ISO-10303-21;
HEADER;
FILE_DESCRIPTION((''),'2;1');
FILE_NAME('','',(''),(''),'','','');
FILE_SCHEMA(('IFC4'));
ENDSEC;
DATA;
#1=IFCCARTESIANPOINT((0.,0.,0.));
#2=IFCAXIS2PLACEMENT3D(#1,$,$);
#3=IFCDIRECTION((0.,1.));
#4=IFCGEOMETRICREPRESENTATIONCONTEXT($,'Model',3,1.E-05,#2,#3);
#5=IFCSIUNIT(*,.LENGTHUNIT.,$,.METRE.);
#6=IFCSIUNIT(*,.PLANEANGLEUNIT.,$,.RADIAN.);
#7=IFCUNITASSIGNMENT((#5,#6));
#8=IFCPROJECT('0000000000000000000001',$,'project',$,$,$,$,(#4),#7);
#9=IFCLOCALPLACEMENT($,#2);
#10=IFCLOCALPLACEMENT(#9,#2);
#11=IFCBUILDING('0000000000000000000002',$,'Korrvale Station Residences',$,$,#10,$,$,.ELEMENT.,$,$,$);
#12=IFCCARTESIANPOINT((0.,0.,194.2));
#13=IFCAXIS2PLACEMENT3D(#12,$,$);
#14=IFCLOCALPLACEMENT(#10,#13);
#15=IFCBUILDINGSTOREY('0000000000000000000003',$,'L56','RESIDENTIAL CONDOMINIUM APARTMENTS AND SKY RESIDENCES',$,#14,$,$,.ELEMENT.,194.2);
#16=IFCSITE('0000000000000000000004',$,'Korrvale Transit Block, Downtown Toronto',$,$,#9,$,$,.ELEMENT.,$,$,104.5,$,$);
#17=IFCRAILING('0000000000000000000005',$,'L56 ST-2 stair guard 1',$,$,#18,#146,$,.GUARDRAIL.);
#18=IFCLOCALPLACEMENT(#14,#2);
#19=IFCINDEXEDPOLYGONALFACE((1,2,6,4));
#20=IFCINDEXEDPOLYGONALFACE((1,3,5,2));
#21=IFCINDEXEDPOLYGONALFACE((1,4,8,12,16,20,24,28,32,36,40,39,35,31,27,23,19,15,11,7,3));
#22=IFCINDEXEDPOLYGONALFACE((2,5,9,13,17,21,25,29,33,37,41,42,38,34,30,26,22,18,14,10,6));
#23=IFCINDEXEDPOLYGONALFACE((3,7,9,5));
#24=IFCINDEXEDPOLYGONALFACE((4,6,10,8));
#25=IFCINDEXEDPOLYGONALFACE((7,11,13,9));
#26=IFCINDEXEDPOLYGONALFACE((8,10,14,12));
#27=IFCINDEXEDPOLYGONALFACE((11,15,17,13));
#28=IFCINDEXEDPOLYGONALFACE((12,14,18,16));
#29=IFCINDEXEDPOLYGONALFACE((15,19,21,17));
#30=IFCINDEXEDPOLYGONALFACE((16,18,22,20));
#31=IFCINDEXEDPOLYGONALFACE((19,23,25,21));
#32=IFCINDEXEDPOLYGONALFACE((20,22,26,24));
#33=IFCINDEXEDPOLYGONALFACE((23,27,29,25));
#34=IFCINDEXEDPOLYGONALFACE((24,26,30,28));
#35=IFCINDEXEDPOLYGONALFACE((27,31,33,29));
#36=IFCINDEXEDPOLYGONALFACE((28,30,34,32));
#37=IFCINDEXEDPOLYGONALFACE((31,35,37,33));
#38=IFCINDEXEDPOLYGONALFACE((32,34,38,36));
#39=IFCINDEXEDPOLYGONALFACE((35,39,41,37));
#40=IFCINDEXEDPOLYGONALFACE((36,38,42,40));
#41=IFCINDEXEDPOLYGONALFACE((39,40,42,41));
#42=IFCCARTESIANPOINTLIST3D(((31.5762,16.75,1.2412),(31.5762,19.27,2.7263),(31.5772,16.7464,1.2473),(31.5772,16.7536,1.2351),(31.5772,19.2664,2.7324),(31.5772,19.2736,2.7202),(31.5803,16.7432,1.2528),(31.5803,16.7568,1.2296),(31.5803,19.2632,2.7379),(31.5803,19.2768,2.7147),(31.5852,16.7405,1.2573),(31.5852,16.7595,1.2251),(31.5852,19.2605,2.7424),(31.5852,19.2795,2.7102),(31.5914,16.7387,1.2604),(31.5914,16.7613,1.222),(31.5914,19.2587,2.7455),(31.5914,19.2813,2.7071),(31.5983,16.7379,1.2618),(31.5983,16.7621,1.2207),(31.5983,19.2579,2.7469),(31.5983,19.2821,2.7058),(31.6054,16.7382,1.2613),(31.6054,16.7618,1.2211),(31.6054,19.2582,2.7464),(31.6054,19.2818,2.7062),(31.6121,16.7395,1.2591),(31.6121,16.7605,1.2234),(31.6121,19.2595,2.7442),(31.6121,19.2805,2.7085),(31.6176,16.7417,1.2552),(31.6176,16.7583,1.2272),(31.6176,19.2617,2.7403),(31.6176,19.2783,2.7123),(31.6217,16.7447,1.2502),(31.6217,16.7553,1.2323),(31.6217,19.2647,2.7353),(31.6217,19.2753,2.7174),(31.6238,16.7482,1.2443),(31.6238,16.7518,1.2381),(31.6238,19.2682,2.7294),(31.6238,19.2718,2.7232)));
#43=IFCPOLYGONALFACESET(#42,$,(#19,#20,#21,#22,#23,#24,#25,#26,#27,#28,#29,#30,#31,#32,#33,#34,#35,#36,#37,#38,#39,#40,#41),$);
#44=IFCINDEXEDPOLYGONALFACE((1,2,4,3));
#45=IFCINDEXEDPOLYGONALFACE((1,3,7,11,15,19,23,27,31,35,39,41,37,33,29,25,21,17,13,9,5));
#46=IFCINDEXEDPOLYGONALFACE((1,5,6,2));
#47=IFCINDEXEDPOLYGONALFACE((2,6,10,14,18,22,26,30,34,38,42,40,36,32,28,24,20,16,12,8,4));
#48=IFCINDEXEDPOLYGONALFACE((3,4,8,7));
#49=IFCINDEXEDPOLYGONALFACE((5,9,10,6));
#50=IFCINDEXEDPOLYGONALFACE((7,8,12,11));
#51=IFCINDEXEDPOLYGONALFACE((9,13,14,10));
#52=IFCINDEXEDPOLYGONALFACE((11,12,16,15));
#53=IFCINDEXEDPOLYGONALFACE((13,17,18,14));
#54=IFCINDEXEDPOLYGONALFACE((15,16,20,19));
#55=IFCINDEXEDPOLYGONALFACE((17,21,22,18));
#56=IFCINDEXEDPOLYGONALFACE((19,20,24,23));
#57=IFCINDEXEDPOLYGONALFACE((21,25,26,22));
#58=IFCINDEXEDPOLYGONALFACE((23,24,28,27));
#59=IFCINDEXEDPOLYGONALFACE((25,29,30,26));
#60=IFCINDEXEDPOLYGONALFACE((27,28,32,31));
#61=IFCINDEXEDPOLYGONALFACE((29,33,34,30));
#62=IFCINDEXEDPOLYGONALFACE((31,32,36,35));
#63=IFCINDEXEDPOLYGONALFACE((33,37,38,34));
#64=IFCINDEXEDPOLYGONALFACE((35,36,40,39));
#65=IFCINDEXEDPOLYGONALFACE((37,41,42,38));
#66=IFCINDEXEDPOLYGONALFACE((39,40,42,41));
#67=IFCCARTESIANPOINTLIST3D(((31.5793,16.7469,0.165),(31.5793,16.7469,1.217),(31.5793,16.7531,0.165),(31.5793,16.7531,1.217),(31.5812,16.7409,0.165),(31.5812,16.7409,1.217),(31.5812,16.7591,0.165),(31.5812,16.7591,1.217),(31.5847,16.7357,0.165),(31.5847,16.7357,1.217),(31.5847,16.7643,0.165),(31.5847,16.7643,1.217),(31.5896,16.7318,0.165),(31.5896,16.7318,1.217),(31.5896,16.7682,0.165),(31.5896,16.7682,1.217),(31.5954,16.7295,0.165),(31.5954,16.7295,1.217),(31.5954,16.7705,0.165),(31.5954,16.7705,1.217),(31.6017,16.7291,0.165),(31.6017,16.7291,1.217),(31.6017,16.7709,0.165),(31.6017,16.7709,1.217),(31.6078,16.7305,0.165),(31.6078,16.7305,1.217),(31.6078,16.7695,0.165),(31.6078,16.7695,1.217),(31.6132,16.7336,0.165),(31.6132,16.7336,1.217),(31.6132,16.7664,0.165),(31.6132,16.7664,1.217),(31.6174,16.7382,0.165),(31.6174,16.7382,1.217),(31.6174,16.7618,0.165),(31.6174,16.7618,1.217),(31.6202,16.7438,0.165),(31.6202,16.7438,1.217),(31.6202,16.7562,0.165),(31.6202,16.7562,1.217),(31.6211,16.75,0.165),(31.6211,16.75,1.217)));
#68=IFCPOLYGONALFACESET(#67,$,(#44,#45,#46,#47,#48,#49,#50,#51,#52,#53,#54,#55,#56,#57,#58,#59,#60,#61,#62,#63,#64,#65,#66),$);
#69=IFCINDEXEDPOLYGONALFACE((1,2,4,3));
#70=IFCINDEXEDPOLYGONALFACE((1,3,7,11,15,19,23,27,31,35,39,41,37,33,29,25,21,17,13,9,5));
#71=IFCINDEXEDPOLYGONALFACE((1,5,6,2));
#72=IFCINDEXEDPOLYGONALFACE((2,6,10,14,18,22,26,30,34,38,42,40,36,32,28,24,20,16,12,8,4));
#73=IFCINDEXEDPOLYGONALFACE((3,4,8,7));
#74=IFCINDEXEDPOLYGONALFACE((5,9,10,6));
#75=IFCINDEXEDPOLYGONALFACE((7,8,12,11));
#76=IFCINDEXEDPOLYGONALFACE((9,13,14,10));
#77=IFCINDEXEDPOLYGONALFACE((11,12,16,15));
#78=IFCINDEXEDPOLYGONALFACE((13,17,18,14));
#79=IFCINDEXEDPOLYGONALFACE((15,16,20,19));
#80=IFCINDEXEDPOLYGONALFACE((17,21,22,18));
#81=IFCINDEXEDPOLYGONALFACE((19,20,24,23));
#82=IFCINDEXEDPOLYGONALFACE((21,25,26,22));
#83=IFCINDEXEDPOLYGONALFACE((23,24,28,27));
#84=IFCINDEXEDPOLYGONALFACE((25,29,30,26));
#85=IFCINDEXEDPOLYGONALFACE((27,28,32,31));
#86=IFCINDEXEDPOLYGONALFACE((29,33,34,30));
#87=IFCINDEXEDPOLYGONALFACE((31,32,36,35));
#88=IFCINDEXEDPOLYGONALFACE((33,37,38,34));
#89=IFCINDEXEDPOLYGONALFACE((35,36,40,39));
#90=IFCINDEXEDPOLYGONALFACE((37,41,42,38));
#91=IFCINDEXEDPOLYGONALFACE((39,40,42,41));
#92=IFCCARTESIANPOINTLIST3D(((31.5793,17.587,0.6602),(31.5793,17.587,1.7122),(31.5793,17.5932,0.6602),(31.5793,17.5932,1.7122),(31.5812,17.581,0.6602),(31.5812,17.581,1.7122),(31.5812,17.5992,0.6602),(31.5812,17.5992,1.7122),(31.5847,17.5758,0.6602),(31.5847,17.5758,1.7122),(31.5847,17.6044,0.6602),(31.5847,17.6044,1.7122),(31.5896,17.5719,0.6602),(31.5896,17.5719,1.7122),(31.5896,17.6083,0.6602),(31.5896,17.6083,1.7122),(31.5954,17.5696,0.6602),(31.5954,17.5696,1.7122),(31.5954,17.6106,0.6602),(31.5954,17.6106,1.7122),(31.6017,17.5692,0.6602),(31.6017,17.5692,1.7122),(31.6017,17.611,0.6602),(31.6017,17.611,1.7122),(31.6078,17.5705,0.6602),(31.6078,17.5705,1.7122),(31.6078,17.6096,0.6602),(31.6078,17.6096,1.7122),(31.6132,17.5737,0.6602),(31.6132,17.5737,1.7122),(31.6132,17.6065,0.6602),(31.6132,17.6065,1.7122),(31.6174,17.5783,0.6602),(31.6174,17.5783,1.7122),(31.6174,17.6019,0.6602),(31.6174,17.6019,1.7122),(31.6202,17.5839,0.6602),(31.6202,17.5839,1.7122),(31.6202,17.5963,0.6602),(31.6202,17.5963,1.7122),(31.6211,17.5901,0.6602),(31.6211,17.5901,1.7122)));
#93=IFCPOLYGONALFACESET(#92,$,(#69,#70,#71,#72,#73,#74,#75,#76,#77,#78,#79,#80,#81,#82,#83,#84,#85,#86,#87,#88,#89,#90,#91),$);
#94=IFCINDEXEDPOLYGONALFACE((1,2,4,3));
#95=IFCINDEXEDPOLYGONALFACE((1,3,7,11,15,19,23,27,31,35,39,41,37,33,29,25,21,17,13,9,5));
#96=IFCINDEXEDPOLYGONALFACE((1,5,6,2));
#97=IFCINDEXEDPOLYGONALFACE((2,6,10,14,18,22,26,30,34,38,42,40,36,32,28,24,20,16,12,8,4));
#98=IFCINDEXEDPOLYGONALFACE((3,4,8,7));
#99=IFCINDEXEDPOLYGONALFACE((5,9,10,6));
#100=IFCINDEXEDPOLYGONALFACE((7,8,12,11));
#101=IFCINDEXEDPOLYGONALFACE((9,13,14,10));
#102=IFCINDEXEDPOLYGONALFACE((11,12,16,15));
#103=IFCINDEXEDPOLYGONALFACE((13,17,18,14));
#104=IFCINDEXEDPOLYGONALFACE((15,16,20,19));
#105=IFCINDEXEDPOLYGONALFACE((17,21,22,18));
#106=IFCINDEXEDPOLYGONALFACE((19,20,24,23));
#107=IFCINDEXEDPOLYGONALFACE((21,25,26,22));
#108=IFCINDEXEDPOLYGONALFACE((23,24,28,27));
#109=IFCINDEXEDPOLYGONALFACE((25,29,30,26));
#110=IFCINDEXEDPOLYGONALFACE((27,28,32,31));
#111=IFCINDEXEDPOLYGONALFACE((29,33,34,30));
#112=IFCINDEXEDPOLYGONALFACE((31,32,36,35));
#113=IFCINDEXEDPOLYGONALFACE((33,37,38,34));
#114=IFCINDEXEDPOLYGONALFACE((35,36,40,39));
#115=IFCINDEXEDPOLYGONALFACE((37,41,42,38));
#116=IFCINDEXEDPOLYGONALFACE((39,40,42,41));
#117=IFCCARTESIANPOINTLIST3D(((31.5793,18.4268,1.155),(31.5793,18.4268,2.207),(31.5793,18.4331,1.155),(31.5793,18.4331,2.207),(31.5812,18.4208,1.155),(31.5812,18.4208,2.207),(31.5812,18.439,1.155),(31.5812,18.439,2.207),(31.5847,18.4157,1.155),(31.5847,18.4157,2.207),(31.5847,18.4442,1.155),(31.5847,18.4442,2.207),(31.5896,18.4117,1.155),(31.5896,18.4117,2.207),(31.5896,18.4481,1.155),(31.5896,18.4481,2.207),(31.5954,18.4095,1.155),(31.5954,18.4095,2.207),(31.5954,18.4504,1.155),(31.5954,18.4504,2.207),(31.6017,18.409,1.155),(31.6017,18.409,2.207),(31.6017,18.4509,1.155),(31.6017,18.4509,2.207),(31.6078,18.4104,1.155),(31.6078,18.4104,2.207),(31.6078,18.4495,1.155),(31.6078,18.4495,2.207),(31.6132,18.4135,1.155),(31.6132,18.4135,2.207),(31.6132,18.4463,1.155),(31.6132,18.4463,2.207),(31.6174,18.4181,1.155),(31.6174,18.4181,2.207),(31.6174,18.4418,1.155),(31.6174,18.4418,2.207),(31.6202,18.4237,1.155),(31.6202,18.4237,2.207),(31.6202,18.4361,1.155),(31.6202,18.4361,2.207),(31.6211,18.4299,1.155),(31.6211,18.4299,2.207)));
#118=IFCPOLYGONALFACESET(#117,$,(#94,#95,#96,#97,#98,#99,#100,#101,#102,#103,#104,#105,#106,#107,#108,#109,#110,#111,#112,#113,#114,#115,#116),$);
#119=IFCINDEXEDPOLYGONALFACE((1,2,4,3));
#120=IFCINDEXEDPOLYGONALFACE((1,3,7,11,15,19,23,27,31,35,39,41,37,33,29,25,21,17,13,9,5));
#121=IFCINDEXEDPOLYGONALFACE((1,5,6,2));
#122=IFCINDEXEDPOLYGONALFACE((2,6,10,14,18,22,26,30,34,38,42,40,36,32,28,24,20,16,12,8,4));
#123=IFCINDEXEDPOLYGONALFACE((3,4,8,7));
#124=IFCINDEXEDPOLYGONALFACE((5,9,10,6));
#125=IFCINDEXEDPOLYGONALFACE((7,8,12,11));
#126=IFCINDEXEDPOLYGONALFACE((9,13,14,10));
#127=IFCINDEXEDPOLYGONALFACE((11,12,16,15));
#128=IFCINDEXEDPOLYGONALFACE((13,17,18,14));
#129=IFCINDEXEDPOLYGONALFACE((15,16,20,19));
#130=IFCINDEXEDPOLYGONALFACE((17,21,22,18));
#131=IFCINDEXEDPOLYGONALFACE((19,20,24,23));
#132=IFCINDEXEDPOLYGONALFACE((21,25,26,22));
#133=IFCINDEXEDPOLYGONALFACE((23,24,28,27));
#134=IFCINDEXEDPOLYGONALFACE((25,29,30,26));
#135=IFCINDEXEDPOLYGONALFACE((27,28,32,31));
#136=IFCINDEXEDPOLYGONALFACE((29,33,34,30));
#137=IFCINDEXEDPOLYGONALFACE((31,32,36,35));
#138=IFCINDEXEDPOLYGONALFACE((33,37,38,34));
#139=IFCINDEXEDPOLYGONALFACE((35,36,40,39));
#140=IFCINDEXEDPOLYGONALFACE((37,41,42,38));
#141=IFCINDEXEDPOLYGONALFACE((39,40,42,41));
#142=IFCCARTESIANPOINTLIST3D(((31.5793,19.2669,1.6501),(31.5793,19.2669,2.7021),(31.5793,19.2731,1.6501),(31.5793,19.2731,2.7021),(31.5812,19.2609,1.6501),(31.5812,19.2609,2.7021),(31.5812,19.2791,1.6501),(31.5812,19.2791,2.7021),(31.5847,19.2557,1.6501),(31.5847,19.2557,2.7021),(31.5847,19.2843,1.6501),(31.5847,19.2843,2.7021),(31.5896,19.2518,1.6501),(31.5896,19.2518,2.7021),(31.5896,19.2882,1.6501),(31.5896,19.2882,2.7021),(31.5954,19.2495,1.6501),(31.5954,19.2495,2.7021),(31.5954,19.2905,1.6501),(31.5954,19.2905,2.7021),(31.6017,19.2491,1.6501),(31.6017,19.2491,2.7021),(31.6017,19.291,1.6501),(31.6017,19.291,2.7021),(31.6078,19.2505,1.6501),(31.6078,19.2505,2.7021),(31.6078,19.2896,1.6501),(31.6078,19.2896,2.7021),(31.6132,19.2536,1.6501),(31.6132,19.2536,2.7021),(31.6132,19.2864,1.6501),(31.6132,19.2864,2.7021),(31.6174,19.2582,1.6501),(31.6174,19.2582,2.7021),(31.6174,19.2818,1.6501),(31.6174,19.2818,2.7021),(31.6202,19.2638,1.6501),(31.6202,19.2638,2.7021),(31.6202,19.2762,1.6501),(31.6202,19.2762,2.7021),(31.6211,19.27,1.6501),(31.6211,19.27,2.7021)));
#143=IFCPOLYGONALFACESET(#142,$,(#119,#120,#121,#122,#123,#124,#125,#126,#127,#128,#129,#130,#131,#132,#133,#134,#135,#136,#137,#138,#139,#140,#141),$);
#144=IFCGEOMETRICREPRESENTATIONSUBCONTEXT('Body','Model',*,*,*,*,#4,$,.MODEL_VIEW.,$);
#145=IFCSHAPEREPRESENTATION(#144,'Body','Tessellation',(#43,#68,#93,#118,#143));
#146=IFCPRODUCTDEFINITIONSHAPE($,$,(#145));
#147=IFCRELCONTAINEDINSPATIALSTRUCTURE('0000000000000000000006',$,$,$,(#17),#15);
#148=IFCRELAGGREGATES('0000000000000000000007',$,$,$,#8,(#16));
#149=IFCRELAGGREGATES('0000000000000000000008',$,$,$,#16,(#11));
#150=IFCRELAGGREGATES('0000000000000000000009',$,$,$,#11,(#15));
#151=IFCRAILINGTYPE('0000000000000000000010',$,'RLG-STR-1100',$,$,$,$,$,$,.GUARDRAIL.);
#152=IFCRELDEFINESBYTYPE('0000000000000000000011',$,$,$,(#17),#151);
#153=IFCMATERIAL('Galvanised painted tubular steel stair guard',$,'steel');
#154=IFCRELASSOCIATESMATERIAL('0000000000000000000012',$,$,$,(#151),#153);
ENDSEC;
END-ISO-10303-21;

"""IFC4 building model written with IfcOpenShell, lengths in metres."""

from ifc_helpers import new_model, si_unit, direction, frame, origin, origin_2d, place, context, subcontext, project, spatial, circle, extrude, material, type_object, element, save


model = new_model("IFC4")

# Units and contexts
model_context = context("Model", 3, precision=1e-05, world=origin(), true_north=direction((0.0, 1.0)))
body_context = subcontext(model_context, "Body", "Model", "MODEL_VIEW")
ifc_project = project(units=[si_unit("LENGTHUNIT", "METRE"), si_unit("PLANEANGLEUNIT", "RADIAN")], contexts=[model_context])

# Site, building, storey
site_placement = place(None, origin())
site = spatial("IfcSite", under=ifc_project, at=site_placement, Name="Korrvale Transit Block, Downtown Toronto", CompositionType="ELEMENT", RefElevation=104.5)
building_placement = place(site_placement, origin())
building = spatial("IfcBuilding", under=site, at=building_placement, Name="Korrvale Station Residences", CompositionType="ELEMENT")
storey_placement = place(building_placement, frame((0.0, 0.0, 194.2)))
storey = spatial("IfcBuildingStorey", under=building, at=storey_placement, Name="L56", Description="RESIDENTIAL CONDOMINIUM APARTMENTS AND SKY RESIDENCES", CompositionType="ELEMENT", Elevation=194.2)

# Railing
ifc_material_1 = material(Name="Galvanised painted tubular steel stair guard", Category="steel")
railing_type_1 = type_object("IfcRailingType", Name="RLG-STR-1100", PredefinedType="GUARDRAIL", material=ifc_material_1)
railing_1_placement = place(storey_placement, frame((31.6001, 16.75, 0.165)))
element("IfcRailing", 1, at=railing_1_placement, inside=storey, type_object=railing_type_1, Name="L56 ST-2 stair guard 1", PredefinedType="GUARDRAIL", context=body_context, shape_type="SweptSolid", body=[
    extrude(circle(Radius=0.0239, at=origin_2d()), frame((0.0, 0.0, 1.0762), z_axis=(0.0, 0.861524, 0.507717), x_axis=(-1.0, 0.0, 0.0)), (0.0, 0.0, 1.0), 2.925),
    extrude(circle(Radius=0.021, at=origin_2d()), origin(), (0.0, 0.0, 1.0), 1.052),
    extrude(circle(Radius=0.021, at=origin_2d()), frame((0.0, 0.8401, 0.4951)), (0.0, 0.0, 1.0), 1.052),
    extrude(circle(Radius=0.021, at=origin_2d()), frame((0.0, 1.6799, 0.99)), (0.0, 0.0, 1.0), 1.052),
    extrude(circle(Radius=0.021, at=origin_2d()), frame((0.0, 2.52, 1.4851)), (0.0, 0.0, 1.0), 1.052),
])

save(model, "model.ifc")
